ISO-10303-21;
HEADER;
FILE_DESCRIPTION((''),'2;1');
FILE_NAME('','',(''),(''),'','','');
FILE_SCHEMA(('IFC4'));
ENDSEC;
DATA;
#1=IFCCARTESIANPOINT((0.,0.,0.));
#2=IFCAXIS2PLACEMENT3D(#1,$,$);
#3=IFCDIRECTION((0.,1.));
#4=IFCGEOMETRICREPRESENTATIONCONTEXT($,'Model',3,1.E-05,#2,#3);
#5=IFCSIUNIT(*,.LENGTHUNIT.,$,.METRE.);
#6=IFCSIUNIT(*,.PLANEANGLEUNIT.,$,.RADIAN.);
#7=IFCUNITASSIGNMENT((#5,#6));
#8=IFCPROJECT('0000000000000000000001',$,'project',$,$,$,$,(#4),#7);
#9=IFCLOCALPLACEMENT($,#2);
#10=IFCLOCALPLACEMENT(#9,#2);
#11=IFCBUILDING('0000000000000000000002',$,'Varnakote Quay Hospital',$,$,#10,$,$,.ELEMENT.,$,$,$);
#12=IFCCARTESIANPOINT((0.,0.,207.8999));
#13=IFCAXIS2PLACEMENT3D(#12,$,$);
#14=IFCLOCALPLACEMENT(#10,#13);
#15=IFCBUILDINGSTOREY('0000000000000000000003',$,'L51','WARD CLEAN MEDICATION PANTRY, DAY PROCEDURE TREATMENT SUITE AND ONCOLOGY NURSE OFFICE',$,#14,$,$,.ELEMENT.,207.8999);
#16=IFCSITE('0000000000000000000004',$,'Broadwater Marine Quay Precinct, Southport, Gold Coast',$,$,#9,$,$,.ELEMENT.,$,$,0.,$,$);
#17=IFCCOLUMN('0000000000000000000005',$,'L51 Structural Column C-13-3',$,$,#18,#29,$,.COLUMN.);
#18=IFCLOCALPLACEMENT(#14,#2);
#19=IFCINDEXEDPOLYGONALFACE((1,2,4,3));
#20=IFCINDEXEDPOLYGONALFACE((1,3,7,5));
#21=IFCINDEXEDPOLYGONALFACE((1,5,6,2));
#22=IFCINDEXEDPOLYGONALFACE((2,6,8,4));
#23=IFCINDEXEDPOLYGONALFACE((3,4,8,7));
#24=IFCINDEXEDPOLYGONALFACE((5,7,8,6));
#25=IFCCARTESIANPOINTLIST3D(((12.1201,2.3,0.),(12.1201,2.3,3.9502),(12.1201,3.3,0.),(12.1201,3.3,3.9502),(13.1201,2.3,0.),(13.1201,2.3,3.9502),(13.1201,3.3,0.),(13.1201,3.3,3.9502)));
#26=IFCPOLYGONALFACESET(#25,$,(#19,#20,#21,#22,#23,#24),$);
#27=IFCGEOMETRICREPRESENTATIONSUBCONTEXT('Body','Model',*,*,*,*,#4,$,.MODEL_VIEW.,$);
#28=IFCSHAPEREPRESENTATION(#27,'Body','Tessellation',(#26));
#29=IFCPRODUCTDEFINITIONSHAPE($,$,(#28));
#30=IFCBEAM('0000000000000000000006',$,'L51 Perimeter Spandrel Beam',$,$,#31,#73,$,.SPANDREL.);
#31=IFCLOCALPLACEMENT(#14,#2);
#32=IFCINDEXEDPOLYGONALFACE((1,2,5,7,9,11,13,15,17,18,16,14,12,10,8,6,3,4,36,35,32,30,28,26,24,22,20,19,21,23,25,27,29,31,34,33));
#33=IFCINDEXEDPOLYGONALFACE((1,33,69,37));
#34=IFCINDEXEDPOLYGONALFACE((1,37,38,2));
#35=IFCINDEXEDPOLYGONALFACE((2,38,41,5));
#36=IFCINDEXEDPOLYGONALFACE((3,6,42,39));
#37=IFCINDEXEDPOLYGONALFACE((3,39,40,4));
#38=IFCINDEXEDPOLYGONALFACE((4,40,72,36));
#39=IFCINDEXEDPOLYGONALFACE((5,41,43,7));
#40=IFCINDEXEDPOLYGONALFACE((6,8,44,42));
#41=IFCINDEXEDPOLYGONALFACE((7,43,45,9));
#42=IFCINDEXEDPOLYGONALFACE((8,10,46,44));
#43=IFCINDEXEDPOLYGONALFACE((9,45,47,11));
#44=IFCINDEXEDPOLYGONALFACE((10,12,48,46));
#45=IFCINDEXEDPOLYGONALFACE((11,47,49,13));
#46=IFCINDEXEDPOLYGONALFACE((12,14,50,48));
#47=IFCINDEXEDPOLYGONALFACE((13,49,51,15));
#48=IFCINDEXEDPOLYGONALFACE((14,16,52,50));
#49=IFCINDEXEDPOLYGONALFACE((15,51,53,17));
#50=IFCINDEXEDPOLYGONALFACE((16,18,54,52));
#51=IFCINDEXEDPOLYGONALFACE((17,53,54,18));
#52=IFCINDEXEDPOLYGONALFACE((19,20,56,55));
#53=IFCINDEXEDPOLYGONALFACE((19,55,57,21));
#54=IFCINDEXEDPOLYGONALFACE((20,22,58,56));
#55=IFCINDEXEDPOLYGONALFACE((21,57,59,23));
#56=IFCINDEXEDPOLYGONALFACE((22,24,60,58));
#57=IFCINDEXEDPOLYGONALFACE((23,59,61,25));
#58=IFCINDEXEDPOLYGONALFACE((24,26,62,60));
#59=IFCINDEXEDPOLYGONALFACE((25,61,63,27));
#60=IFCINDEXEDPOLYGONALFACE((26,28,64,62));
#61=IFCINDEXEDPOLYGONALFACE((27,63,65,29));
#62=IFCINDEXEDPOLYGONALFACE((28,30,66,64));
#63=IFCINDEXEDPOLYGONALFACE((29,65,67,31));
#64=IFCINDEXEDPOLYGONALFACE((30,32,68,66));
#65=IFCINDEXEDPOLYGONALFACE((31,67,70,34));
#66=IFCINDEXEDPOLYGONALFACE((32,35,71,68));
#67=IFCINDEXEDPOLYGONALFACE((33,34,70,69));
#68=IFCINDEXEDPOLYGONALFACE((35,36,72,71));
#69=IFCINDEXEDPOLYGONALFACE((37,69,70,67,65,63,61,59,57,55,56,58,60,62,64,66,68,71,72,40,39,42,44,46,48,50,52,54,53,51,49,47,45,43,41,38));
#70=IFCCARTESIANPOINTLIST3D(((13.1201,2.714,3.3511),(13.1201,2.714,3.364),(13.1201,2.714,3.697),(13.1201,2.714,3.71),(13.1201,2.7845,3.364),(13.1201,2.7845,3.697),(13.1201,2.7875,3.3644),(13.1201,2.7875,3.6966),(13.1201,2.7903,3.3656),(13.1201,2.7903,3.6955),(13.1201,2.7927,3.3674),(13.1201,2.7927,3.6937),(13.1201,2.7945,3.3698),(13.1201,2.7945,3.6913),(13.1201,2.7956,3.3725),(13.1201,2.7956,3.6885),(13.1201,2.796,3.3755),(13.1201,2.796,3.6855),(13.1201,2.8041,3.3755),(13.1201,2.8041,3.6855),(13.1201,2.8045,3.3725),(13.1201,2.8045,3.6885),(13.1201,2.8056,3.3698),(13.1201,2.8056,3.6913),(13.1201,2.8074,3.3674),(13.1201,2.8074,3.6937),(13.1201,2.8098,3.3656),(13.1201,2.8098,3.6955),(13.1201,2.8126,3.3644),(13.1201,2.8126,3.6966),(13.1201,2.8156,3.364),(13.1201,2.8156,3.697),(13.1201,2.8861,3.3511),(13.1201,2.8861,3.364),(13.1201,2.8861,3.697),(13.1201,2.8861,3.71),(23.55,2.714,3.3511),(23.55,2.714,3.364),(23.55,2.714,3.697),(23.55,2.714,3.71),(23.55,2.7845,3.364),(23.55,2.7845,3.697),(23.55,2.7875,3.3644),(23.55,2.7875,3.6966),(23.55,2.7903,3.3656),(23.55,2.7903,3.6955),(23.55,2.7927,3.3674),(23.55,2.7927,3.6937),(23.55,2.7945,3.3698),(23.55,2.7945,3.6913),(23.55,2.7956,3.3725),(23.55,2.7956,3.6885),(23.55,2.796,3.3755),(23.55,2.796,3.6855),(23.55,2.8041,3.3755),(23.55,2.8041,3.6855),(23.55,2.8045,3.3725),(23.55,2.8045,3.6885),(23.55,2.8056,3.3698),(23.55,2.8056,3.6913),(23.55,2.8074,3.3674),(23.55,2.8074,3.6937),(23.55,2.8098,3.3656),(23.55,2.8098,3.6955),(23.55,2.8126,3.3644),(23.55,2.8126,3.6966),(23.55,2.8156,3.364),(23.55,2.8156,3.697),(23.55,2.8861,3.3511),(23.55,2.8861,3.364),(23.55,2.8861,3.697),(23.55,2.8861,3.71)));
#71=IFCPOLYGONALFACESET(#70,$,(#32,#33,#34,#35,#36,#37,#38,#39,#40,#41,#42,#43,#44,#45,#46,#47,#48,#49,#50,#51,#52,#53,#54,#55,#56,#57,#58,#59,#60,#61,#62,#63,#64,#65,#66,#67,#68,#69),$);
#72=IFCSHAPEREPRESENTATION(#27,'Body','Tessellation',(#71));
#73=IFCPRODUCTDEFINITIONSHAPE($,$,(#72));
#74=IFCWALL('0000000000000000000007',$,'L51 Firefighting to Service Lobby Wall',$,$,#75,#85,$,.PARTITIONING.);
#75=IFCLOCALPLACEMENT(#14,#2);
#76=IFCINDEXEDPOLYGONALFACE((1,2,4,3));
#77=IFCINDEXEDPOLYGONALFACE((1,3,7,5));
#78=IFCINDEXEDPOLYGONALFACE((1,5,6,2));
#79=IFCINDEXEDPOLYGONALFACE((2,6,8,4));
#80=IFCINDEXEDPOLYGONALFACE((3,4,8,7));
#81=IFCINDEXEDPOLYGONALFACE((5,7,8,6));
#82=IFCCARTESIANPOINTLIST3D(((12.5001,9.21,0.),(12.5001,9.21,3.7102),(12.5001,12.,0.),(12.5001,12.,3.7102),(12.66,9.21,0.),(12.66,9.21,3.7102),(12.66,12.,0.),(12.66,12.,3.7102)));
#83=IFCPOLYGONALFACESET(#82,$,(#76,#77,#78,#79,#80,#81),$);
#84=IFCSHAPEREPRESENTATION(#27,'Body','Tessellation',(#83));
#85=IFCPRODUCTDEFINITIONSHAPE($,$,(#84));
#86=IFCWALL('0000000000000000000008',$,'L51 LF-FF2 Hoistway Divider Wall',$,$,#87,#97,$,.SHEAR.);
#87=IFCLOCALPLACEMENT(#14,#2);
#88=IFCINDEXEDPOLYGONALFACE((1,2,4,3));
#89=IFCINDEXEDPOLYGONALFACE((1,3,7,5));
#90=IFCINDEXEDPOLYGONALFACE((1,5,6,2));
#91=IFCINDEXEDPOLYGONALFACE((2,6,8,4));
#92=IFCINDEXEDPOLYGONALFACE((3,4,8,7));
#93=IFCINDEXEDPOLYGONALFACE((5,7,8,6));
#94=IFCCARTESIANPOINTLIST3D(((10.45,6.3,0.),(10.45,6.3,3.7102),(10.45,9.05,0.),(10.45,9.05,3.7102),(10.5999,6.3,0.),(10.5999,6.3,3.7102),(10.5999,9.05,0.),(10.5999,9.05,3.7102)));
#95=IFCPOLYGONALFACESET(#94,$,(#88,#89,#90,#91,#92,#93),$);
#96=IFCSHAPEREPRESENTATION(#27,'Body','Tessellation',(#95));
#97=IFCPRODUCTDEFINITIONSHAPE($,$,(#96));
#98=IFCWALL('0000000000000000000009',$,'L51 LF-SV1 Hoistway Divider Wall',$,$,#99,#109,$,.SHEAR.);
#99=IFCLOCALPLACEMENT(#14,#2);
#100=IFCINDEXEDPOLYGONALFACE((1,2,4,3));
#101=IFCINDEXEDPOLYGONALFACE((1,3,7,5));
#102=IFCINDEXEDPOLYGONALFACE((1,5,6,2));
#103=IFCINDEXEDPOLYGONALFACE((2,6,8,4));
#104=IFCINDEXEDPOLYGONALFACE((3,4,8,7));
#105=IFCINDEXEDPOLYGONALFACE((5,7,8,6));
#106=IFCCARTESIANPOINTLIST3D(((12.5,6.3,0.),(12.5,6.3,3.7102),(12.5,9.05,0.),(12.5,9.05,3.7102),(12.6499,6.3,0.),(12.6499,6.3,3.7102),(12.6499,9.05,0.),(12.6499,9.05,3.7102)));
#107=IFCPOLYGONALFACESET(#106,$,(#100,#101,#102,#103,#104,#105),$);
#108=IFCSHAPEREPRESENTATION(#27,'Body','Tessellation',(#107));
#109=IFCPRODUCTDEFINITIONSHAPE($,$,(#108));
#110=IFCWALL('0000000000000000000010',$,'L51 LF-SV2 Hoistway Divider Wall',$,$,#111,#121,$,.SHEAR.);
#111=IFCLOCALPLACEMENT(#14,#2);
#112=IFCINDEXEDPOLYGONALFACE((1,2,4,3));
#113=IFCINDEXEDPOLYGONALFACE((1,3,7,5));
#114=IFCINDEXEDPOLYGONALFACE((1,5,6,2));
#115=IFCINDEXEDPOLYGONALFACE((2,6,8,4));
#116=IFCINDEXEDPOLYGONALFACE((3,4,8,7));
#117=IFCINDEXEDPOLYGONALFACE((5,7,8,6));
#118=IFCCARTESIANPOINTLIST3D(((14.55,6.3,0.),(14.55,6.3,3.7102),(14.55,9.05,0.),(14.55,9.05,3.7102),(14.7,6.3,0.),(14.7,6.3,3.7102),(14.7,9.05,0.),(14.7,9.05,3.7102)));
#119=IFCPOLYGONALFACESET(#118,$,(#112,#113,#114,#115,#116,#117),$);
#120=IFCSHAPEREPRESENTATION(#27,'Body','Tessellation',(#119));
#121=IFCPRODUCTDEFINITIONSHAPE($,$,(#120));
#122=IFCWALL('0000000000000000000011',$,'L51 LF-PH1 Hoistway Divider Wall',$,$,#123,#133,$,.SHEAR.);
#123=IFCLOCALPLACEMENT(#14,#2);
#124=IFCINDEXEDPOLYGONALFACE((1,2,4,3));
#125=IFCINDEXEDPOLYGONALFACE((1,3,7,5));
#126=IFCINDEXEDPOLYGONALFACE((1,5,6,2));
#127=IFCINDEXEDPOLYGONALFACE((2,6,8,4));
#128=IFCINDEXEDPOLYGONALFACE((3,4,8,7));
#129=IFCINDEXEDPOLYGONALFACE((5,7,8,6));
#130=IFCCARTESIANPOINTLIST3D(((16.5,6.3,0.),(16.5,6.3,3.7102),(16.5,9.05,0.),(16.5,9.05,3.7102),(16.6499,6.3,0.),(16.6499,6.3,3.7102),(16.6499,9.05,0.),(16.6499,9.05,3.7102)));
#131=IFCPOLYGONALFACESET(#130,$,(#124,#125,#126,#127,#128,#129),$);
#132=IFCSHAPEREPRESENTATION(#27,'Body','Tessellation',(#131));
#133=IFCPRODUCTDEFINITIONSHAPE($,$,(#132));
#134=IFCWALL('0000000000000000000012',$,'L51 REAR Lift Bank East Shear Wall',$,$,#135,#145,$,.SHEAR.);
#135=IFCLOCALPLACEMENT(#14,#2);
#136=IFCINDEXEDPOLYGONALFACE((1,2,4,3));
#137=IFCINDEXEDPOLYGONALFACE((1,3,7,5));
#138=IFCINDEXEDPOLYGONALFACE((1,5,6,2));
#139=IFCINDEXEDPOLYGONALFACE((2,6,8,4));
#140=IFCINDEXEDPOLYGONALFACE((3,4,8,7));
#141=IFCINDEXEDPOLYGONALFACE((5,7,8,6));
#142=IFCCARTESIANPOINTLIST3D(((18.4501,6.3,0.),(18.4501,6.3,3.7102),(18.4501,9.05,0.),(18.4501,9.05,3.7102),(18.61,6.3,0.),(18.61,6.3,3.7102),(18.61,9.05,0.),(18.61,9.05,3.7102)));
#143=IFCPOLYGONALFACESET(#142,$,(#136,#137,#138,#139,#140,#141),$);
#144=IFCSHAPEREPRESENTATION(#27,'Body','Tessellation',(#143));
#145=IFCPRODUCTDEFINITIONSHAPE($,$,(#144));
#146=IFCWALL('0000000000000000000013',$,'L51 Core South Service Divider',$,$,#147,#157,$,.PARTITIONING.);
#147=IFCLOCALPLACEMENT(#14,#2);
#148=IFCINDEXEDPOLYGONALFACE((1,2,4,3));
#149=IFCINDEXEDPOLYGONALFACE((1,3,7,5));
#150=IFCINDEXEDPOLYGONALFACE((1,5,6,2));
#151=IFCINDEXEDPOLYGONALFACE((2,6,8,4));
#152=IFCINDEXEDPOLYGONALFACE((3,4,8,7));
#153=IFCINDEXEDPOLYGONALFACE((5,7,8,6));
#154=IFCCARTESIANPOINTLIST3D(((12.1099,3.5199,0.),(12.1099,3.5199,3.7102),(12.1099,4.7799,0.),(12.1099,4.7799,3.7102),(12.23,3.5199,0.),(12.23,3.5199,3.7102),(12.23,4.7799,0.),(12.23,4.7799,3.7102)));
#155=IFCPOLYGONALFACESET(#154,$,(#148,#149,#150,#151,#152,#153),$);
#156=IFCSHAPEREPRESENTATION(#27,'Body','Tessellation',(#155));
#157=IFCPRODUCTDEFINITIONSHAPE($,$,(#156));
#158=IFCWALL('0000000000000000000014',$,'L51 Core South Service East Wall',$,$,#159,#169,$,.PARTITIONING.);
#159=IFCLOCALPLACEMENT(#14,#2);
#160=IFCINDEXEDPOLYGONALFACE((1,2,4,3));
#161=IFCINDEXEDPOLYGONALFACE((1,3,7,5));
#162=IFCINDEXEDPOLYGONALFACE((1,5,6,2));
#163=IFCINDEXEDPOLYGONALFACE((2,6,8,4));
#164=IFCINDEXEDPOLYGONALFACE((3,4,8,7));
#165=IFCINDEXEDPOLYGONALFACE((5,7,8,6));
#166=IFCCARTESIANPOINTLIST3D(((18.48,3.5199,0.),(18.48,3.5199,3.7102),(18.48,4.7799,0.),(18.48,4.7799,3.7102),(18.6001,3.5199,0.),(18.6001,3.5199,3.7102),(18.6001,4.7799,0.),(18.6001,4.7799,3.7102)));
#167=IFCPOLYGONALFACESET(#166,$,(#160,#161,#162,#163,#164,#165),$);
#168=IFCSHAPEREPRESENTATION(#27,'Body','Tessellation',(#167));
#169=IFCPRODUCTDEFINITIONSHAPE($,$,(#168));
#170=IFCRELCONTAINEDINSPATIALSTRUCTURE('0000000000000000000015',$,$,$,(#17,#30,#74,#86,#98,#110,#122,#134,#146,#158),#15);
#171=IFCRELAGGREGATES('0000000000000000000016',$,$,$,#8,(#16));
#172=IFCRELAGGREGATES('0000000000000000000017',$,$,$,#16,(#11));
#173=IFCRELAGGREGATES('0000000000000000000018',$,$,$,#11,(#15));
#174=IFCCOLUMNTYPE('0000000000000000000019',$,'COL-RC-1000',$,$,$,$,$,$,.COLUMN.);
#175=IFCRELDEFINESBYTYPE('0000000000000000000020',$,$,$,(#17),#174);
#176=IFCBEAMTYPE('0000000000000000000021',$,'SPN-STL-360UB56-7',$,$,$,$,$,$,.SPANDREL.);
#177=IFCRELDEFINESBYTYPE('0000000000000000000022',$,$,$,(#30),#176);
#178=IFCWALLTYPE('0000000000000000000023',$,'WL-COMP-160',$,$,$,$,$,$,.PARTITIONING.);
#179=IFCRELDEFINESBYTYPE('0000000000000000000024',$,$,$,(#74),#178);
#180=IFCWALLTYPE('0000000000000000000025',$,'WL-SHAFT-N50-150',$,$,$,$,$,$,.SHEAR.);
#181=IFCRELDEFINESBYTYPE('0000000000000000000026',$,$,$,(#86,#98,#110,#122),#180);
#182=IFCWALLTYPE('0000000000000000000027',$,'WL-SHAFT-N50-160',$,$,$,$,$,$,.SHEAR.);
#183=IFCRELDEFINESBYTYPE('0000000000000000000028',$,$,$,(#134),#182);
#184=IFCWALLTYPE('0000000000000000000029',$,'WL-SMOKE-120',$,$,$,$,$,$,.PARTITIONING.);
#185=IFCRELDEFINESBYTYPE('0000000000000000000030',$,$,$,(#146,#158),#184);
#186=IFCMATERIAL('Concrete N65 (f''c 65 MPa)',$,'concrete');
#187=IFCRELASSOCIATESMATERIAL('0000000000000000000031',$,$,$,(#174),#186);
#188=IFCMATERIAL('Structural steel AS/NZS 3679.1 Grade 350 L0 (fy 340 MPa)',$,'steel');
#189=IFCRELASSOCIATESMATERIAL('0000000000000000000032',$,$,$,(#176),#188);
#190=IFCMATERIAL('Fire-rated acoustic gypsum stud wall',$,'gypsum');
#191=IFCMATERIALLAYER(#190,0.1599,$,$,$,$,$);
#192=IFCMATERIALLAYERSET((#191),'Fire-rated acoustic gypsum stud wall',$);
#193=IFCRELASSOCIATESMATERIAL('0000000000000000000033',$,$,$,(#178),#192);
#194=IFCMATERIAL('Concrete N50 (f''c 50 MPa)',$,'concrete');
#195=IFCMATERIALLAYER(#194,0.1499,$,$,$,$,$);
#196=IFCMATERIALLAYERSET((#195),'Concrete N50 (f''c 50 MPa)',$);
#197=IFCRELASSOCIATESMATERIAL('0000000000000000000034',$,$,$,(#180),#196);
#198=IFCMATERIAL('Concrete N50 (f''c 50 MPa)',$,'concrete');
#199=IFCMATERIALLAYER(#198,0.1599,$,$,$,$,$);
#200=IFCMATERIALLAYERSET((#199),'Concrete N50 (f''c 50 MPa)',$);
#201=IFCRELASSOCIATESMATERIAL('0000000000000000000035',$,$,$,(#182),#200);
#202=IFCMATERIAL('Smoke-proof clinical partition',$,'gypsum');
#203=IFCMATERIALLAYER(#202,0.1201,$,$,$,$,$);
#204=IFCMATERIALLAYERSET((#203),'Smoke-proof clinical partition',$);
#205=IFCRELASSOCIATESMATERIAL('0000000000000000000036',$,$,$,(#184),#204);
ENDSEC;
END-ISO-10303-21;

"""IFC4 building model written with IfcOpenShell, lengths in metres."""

from ifc_helpers import new_model, si_unit, direction, frame, frame_2d, origin, origin_2d, place, context, subcontext, project, spatial, rectangle, i_section, extrude, material, layer, layer_set, material_profile, profile_set, type_object, element, save


model = new_model("IFC4")

# Units and contexts
model_context = context("Model", 3, precision=1e-05, world=origin(), true_north=direction((0.0, 1.0)))
body_context = subcontext(model_context, "Body", "Model", "MODEL_VIEW")
ifc_project = project(units=[si_unit("LENGTHUNIT", "METRE"), si_unit("PLANEANGLEUNIT", "RADIAN")], contexts=[model_context])

# Site, building, storey
site_placement = place(None, origin())
site = spatial("IfcSite", under=ifc_project, at=site_placement, Name="Broadwater Marine Quay Precinct, Southport, Gold Coast", CompositionType="ELEMENT", RefElevation=0.0)
building_placement = place(site_placement, origin())
building = spatial("IfcBuilding", under=site, at=building_placement, Name="Varnakote Quay Hospital", CompositionType="ELEMENT")
storey_placement = place(building_placement, frame((0.0, 0.0, 207.8999)))
storey = spatial("IfcBuildingStorey", under=building, at=storey_placement, Name="L51", Description="WARD CLEAN MEDICATION PANTRY, DAY PROCEDURE TREATMENT SUITE AND ONCOLOGY NURSE OFFICE", CompositionType="ELEMENT", Elevation=207.8999)

# Column
ifc_material_1 = material(Name="Concrete N65 (f'c 65 MPa)", Category="concrete")
ifc_material_profile_1 = material_profile(ifc_material_1, rectangle(XDim=1.0, YDim=1.0, at=origin_2d()), Name="RC-COL-1000x1000")
ifc_profile_set_1 = profile_set([ifc_material_profile_1], Name="Concrete N65 (f'c 65 MPa)")
column_type = type_object("IfcColumnType", Name="COL-RC-1000", PredefinedType="COLUMN", material=ifc_profile_set_1)
column_placement = place(storey_placement, frame((12.6201, 2.8, 0.0), z_axis=(0.0, 0.0, 1.0), x_axis=(1.0, 0.0, 0.0)))
element("IfcColumn", 1, at=column_placement, inside=storey, type_object=column_type, Name="L51 Structural Column C-13-3", PredefinedType="COLUMN", context=body_context, shape_type="SweptSolid", body=[
    extrude(rectangle(XDim=1.0, YDim=1.0, at=origin_2d()), origin(), (0.0, 0.0, 1.0), 3.9502),
])

# Beam
ifc_material_2 = material(Name="Structural steel AS/NZS 3679.1 Grade 350 L0 (fy 340 MPa)", Category="steel")
ifc_material_profile_2 = material_profile(ifc_material_2, i_section(OverallWidth=0.1721, OverallDepth=0.3589, WebThickness=0.0081, FlangeThickness=0.0129, FilletRadius=0.0115, at=origin_2d()), Name="360UB56.7")
ifc_profile_set_2 = profile_set([ifc_material_profile_2], Name="Structural steel AS/NZS 3679.1 Grade 350 L0 (fy 340 MPa)")
beam_type = type_object("IfcBeamType", Name="SPN-STL-360UB56-7", PredefinedType="SPANDREL", material=ifc_profile_set_2)
beam_placement = place(storey_placement, frame((13.1201, 2.8, 3.5305), z_axis=(1.0, 0.0, 0.0), x_axis=(0.0, 1.0, 0.0)))
element("IfcBeam", 2, at=beam_placement, inside=storey, type_object=beam_type, Name="L51 Perimeter Spandrel Beam", PredefinedType="SPANDREL", context=body_context, shape_type="SweptSolid", body=[
    extrude(i_section(OverallWidth=0.1721, OverallDepth=0.3589, WebThickness=0.0081, FlangeThickness=0.0129, FilletRadius=0.0115, at=origin_2d()), origin(), (0.0, 0.0, 1.0), 10.4299),
])

# Walls
ifc_material_3 = material(Name="Fire-rated acoustic gypsum stud wall", Category="gypsum")
ifc_layer_1 = layer(ifc_material_3, 0.1599)
ifc_layer_set_1 = layer_set([ifc_layer_1], Name="Fire-rated acoustic gypsum stud wall")
wall_type_1 = type_object("IfcWallType", Name="WL-COMP-160", PredefinedType="PARTITIONING", material=ifc_layer_set_1)
wall_1_placement = place(storey_placement, frame((12.5801, 9.21, 0.0), z_axis=(0.0, 0.0, 1.0), x_axis=(0.0, 1.0, 0.0)))
element("IfcWall", 3, at=wall_1_placement, inside=storey, type_object=wall_type_1, Name="L51 Firefighting to Service Lobby Wall", PredefinedType="PARTITIONING", context=body_context, shape_type="SweptSolid", body=[
    extrude(rectangle(XDim=2.79, YDim=0.1599, at=frame_2d((1.395, 0.0))), origin(), (0.0, 0.0, 1.0), 3.7102),
])
ifc_material_4 = material(Name="Concrete N50 (f'c 50 MPa)", Category="concrete")
ifc_layer_2 = layer(ifc_material_4, 0.1499)
ifc_layer_set_2 = layer_set([ifc_layer_2], Name="Concrete N50 (f'c 50 MPa)")
wall_type_2 = type_object("IfcWallType", Name="WL-SHAFT-N50-150", PredefinedType="SHEAR", material=ifc_layer_set_2)
for number, where, z_axis, x_axis, name in (
    (4, (10.5249, 6.3, 0.0), (0.0, 0.0, 1.0), (0.0, 1.0, 0.0), "L51 LF-FF2 Hoistway Divider Wall"),
    (5, (12.575, 6.3, 0.0), (0.0, 0.0, 1.0), (0.0, 1.0, 0.0), "L51 LF-SV1 Hoistway Divider Wall"),
    (6, (14.625, 6.3, 0.0), (0.0, 0.0, 1.0), (0.0, 1.0, 0.0), "L51 LF-SV2 Hoistway Divider Wall"),
    (7, (16.575, 6.3, 0.0), (0.0, 0.0, 1.0), (0.0, 1.0, 0.0), "L51 LF-PH1 Hoistway Divider Wall"),
):
    element("IfcWall", number, at=place(storey_placement, frame(where, z_axis=z_axis, x_axis=x_axis)), inside=storey, type_object=wall_type_2, Name=name, PredefinedType="SHEAR", context=body_context, shape_type="SweptSolid", body=[
        extrude(rectangle(XDim=2.75, YDim=0.1499, at=frame_2d((1.375, 0.0))), origin(), (0.0, 0.0, 1.0), 3.7102),
    ])
ifc_material_5 = material(Name="Concrete N50 (f'c 50 MPa)", Category="concrete")
ifc_layer_3 = layer(ifc_material_5, 0.1599)
ifc_layer_set_3 = layer_set([ifc_layer_3], Name="Concrete N50 (f'c 50 MPa)")
wall_type_3 = type_object("IfcWallType", Name="WL-SHAFT-N50-160", PredefinedType="SHEAR", material=ifc_layer_set_3)
wall_2_placement = place(storey_placement, frame((18.53, 6.3, 0.0), z_axis=(0.0, 0.0, 1.0), x_axis=(0.0, 1.0, 0.0)))
element("IfcWall", 8, at=wall_2_placement, inside=storey, type_object=wall_type_3, Name="L51 REAR Lift Bank East Shear Wall", PredefinedType="SHEAR", context=body_context, shape_type="SweptSolid", body=[
    extrude(rectangle(XDim=2.75, YDim=0.1599, at=frame_2d((1.375, 0.0))), origin(), (0.0, 0.0, 1.0), 3.7102),
])

# Walls
ifc_material_6 = material(Name="Smoke-proof clinical partition", Category="gypsum")
ifc_layer_4 = layer(ifc_material_6, 0.1201)
ifc_layer_set_4 = layer_set([ifc_layer_4], Name="Smoke-proof clinical partition")
wall_type_4 = type_object("IfcWallType", Name="WL-SMOKE-120", PredefinedType="PARTITIONING", material=ifc_layer_set_4)
for number, where, z_axis, x_axis, name in (
    (9, (12.1699, 3.52, 0.0), (0.0, 0.0, 1.0), (0.0, 1.0, 0.0), "L51 Core South Service Divider"),
    (10, (18.54, 3.52, 0.0), (0.0, 0.0, 1.0), (0.0, 1.0, 0.0), "L51 Core South Service East Wall"),
):
    element("IfcWall", number, at=place(storey_placement, frame(where, z_axis=z_axis, x_axis=x_axis)), inside=storey, type_object=wall_type_4, Name=name, PredefinedType="PARTITIONING", context=body_context, shape_type="SweptSolid", body=[
        extrude(rectangle(XDim=1.26, YDim=0.1201, at=frame_2d((0.6299, 0.0))), origin(), (0.0, 0.0, 1.0), 3.7102),
    ])

save(model, "model.ifc")
